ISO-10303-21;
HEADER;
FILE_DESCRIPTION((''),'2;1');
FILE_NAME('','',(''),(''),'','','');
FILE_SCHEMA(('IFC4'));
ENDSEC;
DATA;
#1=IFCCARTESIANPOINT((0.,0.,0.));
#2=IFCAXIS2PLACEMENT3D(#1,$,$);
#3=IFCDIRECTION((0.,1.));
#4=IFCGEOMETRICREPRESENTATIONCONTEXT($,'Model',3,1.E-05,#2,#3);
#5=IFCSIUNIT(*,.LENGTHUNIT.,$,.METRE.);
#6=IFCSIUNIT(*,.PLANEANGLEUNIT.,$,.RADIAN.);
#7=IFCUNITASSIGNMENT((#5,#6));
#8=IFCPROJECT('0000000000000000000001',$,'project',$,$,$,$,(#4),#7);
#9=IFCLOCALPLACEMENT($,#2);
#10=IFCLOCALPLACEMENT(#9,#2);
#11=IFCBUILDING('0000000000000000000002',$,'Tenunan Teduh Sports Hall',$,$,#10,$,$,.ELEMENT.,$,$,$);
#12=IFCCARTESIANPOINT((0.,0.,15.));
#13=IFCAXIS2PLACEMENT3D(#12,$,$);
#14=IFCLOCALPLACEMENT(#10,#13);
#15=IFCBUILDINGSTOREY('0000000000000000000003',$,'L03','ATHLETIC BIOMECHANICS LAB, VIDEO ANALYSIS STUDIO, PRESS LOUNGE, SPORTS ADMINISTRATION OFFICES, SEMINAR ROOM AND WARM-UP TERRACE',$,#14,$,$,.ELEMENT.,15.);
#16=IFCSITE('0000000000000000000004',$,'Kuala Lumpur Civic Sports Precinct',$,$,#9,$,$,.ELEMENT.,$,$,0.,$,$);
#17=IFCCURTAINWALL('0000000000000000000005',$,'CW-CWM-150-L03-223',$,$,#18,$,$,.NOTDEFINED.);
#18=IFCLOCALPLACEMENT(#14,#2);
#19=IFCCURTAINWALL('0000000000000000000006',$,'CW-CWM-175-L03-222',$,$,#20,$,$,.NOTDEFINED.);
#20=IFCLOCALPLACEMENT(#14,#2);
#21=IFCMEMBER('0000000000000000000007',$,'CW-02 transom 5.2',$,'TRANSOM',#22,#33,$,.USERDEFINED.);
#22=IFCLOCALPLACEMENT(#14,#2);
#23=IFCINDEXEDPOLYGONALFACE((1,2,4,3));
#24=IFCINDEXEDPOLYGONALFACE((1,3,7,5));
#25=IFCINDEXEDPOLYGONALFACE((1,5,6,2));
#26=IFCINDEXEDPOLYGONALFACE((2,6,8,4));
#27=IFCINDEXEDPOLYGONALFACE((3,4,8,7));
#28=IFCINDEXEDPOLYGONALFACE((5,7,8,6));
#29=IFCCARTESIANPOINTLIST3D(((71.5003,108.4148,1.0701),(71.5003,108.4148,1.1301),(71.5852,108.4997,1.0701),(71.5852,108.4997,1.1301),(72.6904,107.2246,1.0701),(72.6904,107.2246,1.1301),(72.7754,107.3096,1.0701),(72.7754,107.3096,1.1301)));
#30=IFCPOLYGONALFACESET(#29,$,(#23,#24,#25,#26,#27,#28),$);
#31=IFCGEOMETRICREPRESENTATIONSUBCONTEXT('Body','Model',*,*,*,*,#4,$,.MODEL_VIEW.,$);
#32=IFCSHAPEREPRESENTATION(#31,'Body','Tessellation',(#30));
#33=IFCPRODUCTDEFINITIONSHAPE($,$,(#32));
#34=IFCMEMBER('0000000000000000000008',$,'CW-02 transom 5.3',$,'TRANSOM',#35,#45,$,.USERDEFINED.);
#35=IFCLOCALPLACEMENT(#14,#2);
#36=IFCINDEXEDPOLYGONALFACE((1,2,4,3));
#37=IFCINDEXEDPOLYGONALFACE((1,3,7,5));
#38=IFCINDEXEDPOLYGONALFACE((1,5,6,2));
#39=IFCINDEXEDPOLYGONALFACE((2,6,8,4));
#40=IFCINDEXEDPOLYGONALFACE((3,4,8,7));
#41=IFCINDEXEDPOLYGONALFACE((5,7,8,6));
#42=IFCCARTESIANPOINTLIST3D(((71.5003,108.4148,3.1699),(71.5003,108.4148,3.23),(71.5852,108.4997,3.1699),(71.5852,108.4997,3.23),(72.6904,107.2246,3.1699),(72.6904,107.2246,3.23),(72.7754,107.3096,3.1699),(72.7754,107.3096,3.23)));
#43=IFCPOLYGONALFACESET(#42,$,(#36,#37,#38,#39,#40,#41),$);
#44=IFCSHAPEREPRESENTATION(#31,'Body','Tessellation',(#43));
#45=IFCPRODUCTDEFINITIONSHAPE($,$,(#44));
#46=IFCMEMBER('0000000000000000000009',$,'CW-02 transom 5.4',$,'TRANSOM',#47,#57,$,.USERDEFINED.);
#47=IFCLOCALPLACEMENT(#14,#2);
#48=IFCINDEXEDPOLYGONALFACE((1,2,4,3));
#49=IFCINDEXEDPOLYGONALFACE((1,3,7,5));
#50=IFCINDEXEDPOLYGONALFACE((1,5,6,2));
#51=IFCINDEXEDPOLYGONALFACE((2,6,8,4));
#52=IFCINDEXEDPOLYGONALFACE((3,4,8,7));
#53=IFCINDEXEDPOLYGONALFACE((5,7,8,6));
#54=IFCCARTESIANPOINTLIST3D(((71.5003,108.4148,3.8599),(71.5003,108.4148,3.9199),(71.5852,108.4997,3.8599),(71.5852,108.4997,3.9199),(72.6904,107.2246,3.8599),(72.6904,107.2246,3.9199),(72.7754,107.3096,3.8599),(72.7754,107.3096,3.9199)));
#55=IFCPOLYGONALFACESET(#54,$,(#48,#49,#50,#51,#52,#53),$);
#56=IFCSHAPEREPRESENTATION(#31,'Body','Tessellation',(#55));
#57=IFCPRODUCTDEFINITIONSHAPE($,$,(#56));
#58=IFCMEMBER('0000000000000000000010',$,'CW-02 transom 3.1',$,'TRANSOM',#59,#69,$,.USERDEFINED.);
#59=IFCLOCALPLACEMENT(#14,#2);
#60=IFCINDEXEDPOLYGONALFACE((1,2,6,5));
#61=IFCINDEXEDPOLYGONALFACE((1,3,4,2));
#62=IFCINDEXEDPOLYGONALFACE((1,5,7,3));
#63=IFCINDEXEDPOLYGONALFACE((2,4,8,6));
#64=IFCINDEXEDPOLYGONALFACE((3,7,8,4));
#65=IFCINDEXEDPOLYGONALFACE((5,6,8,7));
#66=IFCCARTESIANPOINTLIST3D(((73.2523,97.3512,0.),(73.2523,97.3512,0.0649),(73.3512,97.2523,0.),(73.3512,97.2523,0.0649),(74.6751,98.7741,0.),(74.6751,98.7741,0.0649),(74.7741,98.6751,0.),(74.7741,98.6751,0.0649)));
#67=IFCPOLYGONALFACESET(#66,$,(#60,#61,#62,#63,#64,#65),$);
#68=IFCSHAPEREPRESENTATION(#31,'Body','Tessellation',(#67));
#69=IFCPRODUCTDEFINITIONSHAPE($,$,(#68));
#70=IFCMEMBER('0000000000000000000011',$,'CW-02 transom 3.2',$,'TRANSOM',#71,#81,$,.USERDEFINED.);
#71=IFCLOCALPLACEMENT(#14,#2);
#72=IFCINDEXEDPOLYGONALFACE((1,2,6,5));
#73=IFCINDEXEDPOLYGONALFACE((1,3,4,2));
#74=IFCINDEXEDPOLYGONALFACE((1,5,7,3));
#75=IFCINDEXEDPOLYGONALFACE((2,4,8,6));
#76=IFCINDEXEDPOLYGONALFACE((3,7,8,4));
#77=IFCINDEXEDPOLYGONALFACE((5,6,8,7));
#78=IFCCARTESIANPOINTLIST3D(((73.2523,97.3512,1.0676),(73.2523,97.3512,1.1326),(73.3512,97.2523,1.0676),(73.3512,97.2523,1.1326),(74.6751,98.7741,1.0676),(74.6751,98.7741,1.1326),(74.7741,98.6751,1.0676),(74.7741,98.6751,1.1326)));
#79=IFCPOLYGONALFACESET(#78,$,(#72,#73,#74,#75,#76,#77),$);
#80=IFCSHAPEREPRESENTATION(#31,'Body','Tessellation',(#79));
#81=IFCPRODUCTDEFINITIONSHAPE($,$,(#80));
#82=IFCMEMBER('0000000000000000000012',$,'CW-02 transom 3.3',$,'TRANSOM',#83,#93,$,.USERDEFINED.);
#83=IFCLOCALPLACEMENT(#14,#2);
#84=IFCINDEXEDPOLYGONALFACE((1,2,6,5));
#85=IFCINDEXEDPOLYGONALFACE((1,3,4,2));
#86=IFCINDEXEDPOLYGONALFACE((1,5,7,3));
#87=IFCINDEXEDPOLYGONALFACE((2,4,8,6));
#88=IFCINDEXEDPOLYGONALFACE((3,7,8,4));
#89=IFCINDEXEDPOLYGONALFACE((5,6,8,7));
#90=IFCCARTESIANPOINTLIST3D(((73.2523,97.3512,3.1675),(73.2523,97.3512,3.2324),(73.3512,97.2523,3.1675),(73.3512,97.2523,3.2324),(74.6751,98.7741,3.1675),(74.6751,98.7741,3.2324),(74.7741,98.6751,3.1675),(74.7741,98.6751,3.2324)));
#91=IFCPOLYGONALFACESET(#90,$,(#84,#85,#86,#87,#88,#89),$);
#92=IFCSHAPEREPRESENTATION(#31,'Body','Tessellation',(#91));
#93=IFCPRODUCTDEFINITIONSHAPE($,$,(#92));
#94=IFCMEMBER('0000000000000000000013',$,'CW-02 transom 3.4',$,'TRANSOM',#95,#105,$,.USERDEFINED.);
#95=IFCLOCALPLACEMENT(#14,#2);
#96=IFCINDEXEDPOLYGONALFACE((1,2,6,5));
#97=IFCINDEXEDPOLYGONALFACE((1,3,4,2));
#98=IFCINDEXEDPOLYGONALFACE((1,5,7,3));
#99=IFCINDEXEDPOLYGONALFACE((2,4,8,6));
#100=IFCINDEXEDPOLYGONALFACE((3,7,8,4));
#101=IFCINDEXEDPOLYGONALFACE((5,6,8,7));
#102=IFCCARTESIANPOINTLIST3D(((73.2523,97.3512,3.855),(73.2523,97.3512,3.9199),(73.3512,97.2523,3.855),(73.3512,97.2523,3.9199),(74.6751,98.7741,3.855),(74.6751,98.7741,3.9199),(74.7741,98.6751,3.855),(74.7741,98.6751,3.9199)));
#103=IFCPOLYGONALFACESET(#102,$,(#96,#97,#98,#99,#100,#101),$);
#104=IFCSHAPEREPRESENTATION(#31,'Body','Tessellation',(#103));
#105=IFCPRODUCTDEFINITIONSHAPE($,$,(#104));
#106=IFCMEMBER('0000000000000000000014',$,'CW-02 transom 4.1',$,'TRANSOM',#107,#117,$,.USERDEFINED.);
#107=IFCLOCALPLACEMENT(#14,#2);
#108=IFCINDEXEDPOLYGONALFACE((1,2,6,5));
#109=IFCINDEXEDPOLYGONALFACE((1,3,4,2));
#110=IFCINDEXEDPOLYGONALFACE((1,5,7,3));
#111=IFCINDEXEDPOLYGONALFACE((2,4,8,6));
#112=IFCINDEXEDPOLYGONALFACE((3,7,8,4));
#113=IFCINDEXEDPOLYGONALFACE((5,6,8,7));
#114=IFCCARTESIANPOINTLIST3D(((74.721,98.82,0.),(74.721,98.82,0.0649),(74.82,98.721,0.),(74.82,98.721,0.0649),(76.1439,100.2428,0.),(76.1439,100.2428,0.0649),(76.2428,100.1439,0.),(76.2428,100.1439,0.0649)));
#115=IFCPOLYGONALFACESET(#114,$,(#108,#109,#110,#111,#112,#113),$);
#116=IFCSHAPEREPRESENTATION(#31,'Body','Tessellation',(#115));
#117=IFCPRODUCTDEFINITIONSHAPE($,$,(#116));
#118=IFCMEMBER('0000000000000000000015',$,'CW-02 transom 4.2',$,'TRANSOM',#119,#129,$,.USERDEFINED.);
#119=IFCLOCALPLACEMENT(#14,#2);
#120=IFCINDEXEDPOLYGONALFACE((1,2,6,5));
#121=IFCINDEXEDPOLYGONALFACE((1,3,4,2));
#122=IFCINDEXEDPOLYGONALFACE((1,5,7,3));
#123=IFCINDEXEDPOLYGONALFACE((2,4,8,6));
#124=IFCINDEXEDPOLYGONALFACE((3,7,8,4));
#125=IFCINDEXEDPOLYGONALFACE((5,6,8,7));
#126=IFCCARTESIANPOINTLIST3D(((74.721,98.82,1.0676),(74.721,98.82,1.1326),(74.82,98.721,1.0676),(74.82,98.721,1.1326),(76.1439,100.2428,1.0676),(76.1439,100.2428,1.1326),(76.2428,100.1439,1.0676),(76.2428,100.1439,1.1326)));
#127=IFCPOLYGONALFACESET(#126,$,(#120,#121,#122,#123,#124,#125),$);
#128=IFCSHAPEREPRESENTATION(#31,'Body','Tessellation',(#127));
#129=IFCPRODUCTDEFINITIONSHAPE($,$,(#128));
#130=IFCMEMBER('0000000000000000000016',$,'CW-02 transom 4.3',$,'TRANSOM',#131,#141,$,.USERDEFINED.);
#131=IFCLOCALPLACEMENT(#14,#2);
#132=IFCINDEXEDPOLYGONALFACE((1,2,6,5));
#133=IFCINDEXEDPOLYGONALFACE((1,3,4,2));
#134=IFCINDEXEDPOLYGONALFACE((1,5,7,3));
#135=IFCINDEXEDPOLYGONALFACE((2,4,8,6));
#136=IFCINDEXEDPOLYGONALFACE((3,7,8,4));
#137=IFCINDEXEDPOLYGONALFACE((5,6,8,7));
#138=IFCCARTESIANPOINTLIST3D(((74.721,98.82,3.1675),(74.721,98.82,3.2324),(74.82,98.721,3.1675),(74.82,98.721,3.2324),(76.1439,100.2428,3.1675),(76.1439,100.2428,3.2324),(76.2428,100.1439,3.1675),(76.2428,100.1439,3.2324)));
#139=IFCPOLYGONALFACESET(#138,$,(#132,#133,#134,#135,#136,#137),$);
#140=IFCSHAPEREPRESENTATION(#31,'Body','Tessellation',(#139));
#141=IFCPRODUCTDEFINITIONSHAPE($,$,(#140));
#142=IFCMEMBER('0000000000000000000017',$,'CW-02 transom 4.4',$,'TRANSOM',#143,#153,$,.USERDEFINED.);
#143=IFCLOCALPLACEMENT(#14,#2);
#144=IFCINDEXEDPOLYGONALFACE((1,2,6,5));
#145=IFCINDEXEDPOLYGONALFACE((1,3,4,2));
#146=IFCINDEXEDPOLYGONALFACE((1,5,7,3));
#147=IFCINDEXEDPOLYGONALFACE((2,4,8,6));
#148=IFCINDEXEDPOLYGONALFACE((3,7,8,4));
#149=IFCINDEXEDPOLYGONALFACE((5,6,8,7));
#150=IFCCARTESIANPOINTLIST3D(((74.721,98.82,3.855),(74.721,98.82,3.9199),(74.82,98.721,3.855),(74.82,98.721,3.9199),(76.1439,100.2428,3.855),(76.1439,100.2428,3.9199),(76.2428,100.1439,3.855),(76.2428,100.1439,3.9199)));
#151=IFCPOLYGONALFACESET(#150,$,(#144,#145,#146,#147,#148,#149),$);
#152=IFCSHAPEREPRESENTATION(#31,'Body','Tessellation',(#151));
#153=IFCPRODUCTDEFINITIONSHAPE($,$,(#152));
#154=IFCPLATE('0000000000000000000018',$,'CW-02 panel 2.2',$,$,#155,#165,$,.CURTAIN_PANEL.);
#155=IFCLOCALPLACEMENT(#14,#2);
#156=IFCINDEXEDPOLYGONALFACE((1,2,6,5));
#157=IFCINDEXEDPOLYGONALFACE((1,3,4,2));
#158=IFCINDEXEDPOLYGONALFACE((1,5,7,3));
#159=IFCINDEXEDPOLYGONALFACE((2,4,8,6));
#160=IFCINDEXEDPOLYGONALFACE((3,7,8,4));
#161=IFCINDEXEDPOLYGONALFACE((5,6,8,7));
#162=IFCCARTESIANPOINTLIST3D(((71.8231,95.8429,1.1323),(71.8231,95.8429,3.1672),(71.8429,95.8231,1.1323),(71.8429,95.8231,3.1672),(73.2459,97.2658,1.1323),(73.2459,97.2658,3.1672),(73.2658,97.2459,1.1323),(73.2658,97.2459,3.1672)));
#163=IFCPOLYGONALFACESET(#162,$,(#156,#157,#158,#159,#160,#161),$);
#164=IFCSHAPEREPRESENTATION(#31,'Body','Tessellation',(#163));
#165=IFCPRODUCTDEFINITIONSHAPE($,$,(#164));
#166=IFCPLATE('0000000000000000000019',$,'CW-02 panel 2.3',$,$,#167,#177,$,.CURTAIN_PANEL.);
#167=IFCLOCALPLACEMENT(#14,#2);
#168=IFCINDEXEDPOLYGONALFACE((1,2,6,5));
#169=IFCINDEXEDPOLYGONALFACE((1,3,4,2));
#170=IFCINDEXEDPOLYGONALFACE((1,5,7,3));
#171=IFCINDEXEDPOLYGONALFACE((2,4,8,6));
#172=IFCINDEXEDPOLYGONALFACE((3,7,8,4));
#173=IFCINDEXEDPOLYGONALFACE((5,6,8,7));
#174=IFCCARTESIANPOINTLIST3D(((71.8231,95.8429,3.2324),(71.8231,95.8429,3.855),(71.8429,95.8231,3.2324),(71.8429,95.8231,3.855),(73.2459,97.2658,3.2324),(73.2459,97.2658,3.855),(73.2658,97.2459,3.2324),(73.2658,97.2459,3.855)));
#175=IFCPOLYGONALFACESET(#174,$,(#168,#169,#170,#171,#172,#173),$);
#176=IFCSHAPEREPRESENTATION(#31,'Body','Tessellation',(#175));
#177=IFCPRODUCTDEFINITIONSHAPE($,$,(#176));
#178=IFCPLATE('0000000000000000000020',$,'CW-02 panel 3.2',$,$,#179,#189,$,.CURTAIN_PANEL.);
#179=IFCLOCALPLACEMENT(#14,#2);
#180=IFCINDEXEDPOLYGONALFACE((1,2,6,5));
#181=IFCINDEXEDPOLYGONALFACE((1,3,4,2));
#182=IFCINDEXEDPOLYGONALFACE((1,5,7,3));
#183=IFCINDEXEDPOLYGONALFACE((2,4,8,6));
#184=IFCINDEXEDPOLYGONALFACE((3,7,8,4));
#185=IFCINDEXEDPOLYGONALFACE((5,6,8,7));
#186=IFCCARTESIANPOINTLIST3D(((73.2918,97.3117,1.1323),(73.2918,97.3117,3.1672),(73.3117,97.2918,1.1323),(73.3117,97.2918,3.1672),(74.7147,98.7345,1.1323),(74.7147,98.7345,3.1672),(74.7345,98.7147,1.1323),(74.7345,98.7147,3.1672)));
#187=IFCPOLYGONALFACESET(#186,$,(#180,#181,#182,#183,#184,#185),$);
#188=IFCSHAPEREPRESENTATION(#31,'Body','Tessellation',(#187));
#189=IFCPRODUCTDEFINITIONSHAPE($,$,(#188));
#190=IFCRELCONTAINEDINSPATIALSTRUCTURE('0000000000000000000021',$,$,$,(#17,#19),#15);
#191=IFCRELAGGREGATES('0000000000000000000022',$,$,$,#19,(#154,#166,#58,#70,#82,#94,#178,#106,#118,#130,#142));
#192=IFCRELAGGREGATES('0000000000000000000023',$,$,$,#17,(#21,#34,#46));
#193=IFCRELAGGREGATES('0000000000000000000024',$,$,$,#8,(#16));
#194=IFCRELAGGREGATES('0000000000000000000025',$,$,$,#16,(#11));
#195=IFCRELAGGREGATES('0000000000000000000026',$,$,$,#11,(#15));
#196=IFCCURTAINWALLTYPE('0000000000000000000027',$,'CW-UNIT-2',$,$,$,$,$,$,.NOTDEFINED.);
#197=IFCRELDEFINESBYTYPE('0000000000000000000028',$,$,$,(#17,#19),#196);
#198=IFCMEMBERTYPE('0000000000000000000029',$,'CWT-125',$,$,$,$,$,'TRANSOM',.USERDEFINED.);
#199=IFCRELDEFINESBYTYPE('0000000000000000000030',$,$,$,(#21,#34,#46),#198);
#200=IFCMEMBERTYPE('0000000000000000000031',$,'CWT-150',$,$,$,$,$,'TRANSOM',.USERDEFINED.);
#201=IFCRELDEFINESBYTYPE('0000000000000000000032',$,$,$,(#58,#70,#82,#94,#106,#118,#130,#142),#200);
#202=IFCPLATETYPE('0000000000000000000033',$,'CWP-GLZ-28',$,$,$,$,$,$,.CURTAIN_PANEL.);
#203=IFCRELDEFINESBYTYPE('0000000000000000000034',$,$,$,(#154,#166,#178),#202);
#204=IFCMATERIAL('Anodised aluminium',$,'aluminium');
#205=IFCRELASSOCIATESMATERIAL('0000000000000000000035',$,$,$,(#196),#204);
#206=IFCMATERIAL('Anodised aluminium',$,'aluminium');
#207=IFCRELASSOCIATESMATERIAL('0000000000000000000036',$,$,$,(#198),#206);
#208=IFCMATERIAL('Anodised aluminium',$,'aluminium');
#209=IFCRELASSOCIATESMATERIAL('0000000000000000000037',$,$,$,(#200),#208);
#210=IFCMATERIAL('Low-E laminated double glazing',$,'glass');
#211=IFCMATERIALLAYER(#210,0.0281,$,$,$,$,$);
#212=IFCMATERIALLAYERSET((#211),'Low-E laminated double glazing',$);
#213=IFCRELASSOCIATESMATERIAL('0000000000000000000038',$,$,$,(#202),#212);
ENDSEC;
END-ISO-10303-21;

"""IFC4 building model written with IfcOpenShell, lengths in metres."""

from ifc_helpers import new_model, si_unit, direction, frame, origin, origin_2d, place, context, subcontext, project, spatial, rectangle, extrude, material, layer, layer_set, material_profile, profile_set, type_object, element, aggregate, save


model = new_model("IFC4")

# Units and contexts
model_context = context("Model", 3, precision=1e-05, world=origin(), true_north=direction((0.0, 1.0)))
body_context = subcontext(model_context, "Body", "Model", "MODEL_VIEW")
ifc_project = project(units=[si_unit("LENGTHUNIT", "METRE"), si_unit("PLANEANGLEUNIT", "RADIAN")], contexts=[model_context])

# Site, building, storey
site_placement = place(None, origin())
site = spatial("IfcSite", under=ifc_project, at=site_placement, Name="Kuala Lumpur Civic Sports Precinct", CompositionType="ELEMENT", RefElevation=0.0)
building_placement = place(site_placement, origin())
building = spatial("IfcBuilding", under=site, at=building_placement, Name="Tenunan Teduh Sports Hall", CompositionType="ELEMENT")
storey_placement = place(building_placement, frame((0.0, 0.0, 15.0)))
storey = spatial("IfcBuildingStorey", under=building, at=storey_placement, Name="L03", Description="ATHLETIC BIOMECHANICS LAB, VIDEO ANALYSIS STUDIO, PRESS LOUNGE, SPORTS ADMINISTRATION OFFICES, SEMINAR ROOM AND WARM-UP TERRACE", CompositionType="ELEMENT", Elevation=15.0)

# Curtain walls
ifc_material_1 = material(Name="Anodised aluminium", Category="aluminium")
curtain_wall_type = type_object("IfcCurtainWallType", Name="CW-UNIT-2", PredefinedType="NOTDEFINED", material=ifc_material_1)
curtain_wall_1_placement = place(storey_placement, origin())
curtain_wall_1 = element("IfcCurtainWall", 1, at=curtain_wall_1_placement, inside=storey, type_object=curtain_wall_type, Name="CW-CWM-150-L03-223", PredefinedType="NOTDEFINED")
curtain_wall_2_placement = place(storey_placement, origin())
curtain_wall_2 = element("IfcCurtainWall", 2, at=curtain_wall_2_placement, inside=storey, type_object=curtain_wall_type, Name="CW-CWM-175-L03-222", PredefinedType="NOTDEFINED")

# Members
ifc_material_2 = material(Name="Anodised aluminium", Category="aluminium")
ifc_material_profile_1 = material_profile(ifc_material_2, rectangle(XDim=0.0601, YDim=0.1201, at=origin_2d()), Name="CWT 60x120")
ifc_profile_set_1 = profile_set([ifc_material_profile_1], Name="Anodised aluminium")
member_type_1 = type_object("IfcMemberType", Name="CWT-125", ElementType="TRANSOM", PredefinedType="USERDEFINED", material=ifc_profile_set_1)
member_1_placement = place(storey_placement, frame((72.7329, 107.2671, 1.1001), z_axis=(-0.707107, 0.707107, 0.0), x_axis=(0.0, 0.0, 1.0)))
member_1 = element("IfcMember", 3, at=member_1_placement, type_object=member_type_1, Name="CW-02 transom 5.2", ObjectType="TRANSOM", PredefinedType="USERDEFINED", context=body_context, shape_type="SweptSolid", body=[
    extrude(rectangle(XDim=0.0601, YDim=0.1201, at=origin_2d()), origin(), (0.0, 0.0, 1.0), 1.6831),
])
member_2_placement = place(storey_placement, frame((72.7329, 107.2671, 3.2), z_axis=(-0.707107, 0.707107, 0.0), x_axis=(0.0, 0.0, 1.0)))
member_2 = element("IfcMember", 4, at=member_2_placement, type_object=member_type_1, Name="CW-02 transom 5.3", ObjectType="TRANSOM", PredefinedType="USERDEFINED", context=body_context, shape_type="SweptSolid", body=[
    extrude(rectangle(XDim=0.0601, YDim=0.1201, at=origin_2d()), origin(), (0.0, 0.0, 1.0), 1.6831),
])
member_3_placement = place(storey_placement, frame((72.7329, 107.2671, 3.8899), z_axis=(-0.707107, 0.707107, 0.0), x_axis=(0.0, 0.0, 1.0)))
member_3 = element("IfcMember", 5, at=member_3_placement, type_object=member_type_1, Name="CW-02 transom 5.4", ObjectType="TRANSOM", PredefinedType="USERDEFINED", context=body_context, shape_type="SweptSolid", body=[
    extrude(rectangle(XDim=0.0601, YDim=0.1201, at=origin_2d()), origin(), (0.0, 0.0, 1.0), 1.6831),
])
ifc_material_3 = material(Name="Anodised aluminium", Category="aluminium")
ifc_material_profile_2 = material_profile(ifc_material_3, rectangle(XDim=0.0649, YDim=0.1399, at=origin_2d()), Name="CWT 65x140")
ifc_profile_set_2 = profile_set([ifc_material_profile_2], Name="Anodised aluminium")
member_type_2 = type_object("IfcMemberType", Name="CWT-150", ElementType="TRANSOM", PredefinedType="USERDEFINED", material=ifc_profile_set_2)
member_4_placement = place(storey_placement, frame((73.3018, 97.3018, 0.0325), z_axis=(0.707107, 0.707107, 0.0), x_axis=(0.0, 0.0, 1.0)))
member_4 = element("IfcMember", 6, at=member_4_placement, type_object=member_type_2, Name="CW-02 transom 3.1", ObjectType="TRANSOM", PredefinedType="USERDEFINED", context=body_context, shape_type="SweptSolid", body=[
    extrude(rectangle(XDim=0.0649, YDim=0.1399, at=origin_2d()), origin(), (0.0, 0.0, 1.0), 2.0122),
])
member_5_placement = place(storey_placement, frame((73.3018, 97.3018, 1.1001), z_axis=(0.707107, 0.707107, 0.0), x_axis=(0.0, 0.0, 1.0)))
member_5 = element("IfcMember", 7, at=member_5_placement, type_object=member_type_2, Name="CW-02 transom 3.2", ObjectType="TRANSOM", PredefinedType="USERDEFINED", context=body_context, shape_type="SweptSolid", body=[
    extrude(rectangle(XDim=0.0649, YDim=0.1399, at=origin_2d()), origin(), (0.0, 0.0, 1.0), 2.0122),
])
member_6_placement = place(storey_placement, frame((73.3018, 97.3018, 3.2), z_axis=(0.707107, 0.707107, 0.0), x_axis=(0.0, 0.0, 1.0)))
member_6 = element("IfcMember", 8, at=member_6_placement, type_object=member_type_2, Name="CW-02 transom 3.3", ObjectType="TRANSOM", PredefinedType="USERDEFINED", context=body_context, shape_type="SweptSolid", body=[
    extrude(rectangle(XDim=0.0649, YDim=0.1399, at=origin_2d()), origin(), (0.0, 0.0, 1.0), 2.0122),
])
member_7_placement = place(storey_placement, frame((73.3018, 97.3018, 3.8875), z_axis=(0.707107, 0.707107, 0.0), x_axis=(0.0, 0.0, 1.0)))
member_7 = element("IfcMember", 9, at=member_7_placement, type_object=member_type_2, Name="CW-02 transom 3.4", ObjectType="TRANSOM", PredefinedType="USERDEFINED", context=body_context, shape_type="SweptSolid", body=[
    extrude(rectangle(XDim=0.0649, YDim=0.1399, at=origin_2d()), origin(), (0.0, 0.0, 1.0), 2.0122),
])
member_8_placement = place(storey_placement, frame((74.7705, 98.7705, 0.0325), z_axis=(0.707107, 0.707107, 0.0), x_axis=(0.0, 0.0, 1.0)))
member_8 = element("IfcMember", 10, at=member_8_placement, type_object=member_type_2, Name="CW-02 transom 4.1", ObjectType="TRANSOM", PredefinedType="USERDEFINED", context=body_context, shape_type="SweptSolid", body=[
    extrude(rectangle(XDim=0.0649, YDim=0.1399, at=origin_2d()), origin(), (0.0, 0.0, 1.0), 2.0122),
])
member_9_placement = place(storey_placement, frame((74.7705, 98.7705, 1.1001), z_axis=(0.707107, 0.707107, 0.0), x_axis=(0.0, 0.0, 1.0)))
member_9 = element("IfcMember", 11, at=member_9_placement, type_object=member_type_2, Name="CW-02 transom 4.2", ObjectType="TRANSOM", PredefinedType="USERDEFINED", context=body_context, shape_type="SweptSolid", body=[
    extrude(rectangle(XDim=0.0649, YDim=0.1399, at=origin_2d()), origin(), (0.0, 0.0, 1.0), 2.0122),
])
member_10_placement = place(storey_placement, frame((74.7705, 98.7705, 3.2), z_axis=(0.707107, 0.707107, 0.0), x_axis=(0.0, 0.0, 1.0)))
member_10 = element("IfcMember", 12, at=member_10_placement, type_object=member_type_2, Name="CW-02 transom 4.3", ObjectType="TRANSOM", PredefinedType="USERDEFINED", context=body_context, shape_type="SweptSolid", body=[
    extrude(rectangle(XDim=0.0649, YDim=0.1399, at=origin_2d()), origin(), (0.0, 0.0, 1.0), 2.0122),
])
member_11_placement = place(storey_placement, frame((74.7705, 98.7705, 3.8875), z_axis=(0.707107, 0.707107, 0.0), x_axis=(0.0, 0.0, 1.0)))
member_11 = element("IfcMember", 13, at=member_11_placement, type_object=member_type_2, Name="CW-02 transom 4.4", ObjectType="TRANSOM", PredefinedType="USERDEFINED", context=body_context, shape_type="SweptSolid", body=[
    extrude(rectangle(XDim=0.0649, YDim=0.1399, at=origin_2d()), origin(), (0.0, 0.0, 1.0), 2.0122),
])

# Plates
ifc_material_4 = material(Name="Low-E laminated double glazing", Category="glass")
ifc_layer_1 = layer(ifc_material_4, 0.0281)
ifc_layer_set_1 = layer_set([ifc_layer_1], Name="Low-E laminated double glazing")
plate_type_1 = type_object("IfcPlateType", Name="CWP-GLZ-28", PredefinedType="CURTAIN_PANEL", material=ifc_layer_set_1)
plate_1_placement = place(storey_placement, frame((72.5444, 96.5444, 1.1323), z_axis=(0.0, 0.0, 1.0), x_axis=(0.707107, 0.707107, 0.0)))
plate_1 = element("IfcPlate", 14, at=plate_1_placement, type_object=plate_type_1, Name="CW-02 panel 2.2", PredefinedType="CURTAIN_PANEL", context=body_context, shape_type="SweptSolid", body=[
    extrude(rectangle(XDim=2.0122, YDim=0.0281, at=origin_2d()), origin(), (0.0, 0.0, 1.0), 2.0349),
])
plate_2_placement = place(storey_placement, frame((72.5444, 96.5444, 3.2324), z_axis=(0.0, 0.0, 1.0), x_axis=(0.707107, 0.707107, 0.0)))
plate_2 = element("IfcPlate", 15, at=plate_2_placement, type_object=plate_type_1, Name="CW-02 panel 2.3", PredefinedType="CURTAIN_PANEL", context=body_context, shape_type="SweptSolid", body=[
    extrude(rectangle(XDim=2.0122, YDim=0.0281, at=origin_2d()), origin(), (0.0, 0.0, 1.0), 0.6226),
])
plate_3_placement = place(storey_placement, frame((74.0132, 98.0132, 1.1323), z_axis=(0.0, 0.0, 1.0), x_axis=(0.707107, 0.707107, 0.0)))
plate_3 = element("IfcPlate", 16, at=plate_3_placement, type_object=plate_type_1, Name="CW-02 panel 3.2", PredefinedType="CURTAIN_PANEL", context=body_context, shape_type="SweptSolid", body=[
    extrude(rectangle(XDim=2.0122, YDim=0.0281, at=origin_2d()), origin(), (0.0, 0.0, 1.0), 2.0349),
])
aggregate(curtain_wall_2, [plate_1, plate_2, member_4, member_5, member_6, member_7, plate_3, member_8, member_9, member_10, member_11])
aggregate(curtain_wall_1, [member_1, member_2, member_3])

save(model, "model.ifc")
